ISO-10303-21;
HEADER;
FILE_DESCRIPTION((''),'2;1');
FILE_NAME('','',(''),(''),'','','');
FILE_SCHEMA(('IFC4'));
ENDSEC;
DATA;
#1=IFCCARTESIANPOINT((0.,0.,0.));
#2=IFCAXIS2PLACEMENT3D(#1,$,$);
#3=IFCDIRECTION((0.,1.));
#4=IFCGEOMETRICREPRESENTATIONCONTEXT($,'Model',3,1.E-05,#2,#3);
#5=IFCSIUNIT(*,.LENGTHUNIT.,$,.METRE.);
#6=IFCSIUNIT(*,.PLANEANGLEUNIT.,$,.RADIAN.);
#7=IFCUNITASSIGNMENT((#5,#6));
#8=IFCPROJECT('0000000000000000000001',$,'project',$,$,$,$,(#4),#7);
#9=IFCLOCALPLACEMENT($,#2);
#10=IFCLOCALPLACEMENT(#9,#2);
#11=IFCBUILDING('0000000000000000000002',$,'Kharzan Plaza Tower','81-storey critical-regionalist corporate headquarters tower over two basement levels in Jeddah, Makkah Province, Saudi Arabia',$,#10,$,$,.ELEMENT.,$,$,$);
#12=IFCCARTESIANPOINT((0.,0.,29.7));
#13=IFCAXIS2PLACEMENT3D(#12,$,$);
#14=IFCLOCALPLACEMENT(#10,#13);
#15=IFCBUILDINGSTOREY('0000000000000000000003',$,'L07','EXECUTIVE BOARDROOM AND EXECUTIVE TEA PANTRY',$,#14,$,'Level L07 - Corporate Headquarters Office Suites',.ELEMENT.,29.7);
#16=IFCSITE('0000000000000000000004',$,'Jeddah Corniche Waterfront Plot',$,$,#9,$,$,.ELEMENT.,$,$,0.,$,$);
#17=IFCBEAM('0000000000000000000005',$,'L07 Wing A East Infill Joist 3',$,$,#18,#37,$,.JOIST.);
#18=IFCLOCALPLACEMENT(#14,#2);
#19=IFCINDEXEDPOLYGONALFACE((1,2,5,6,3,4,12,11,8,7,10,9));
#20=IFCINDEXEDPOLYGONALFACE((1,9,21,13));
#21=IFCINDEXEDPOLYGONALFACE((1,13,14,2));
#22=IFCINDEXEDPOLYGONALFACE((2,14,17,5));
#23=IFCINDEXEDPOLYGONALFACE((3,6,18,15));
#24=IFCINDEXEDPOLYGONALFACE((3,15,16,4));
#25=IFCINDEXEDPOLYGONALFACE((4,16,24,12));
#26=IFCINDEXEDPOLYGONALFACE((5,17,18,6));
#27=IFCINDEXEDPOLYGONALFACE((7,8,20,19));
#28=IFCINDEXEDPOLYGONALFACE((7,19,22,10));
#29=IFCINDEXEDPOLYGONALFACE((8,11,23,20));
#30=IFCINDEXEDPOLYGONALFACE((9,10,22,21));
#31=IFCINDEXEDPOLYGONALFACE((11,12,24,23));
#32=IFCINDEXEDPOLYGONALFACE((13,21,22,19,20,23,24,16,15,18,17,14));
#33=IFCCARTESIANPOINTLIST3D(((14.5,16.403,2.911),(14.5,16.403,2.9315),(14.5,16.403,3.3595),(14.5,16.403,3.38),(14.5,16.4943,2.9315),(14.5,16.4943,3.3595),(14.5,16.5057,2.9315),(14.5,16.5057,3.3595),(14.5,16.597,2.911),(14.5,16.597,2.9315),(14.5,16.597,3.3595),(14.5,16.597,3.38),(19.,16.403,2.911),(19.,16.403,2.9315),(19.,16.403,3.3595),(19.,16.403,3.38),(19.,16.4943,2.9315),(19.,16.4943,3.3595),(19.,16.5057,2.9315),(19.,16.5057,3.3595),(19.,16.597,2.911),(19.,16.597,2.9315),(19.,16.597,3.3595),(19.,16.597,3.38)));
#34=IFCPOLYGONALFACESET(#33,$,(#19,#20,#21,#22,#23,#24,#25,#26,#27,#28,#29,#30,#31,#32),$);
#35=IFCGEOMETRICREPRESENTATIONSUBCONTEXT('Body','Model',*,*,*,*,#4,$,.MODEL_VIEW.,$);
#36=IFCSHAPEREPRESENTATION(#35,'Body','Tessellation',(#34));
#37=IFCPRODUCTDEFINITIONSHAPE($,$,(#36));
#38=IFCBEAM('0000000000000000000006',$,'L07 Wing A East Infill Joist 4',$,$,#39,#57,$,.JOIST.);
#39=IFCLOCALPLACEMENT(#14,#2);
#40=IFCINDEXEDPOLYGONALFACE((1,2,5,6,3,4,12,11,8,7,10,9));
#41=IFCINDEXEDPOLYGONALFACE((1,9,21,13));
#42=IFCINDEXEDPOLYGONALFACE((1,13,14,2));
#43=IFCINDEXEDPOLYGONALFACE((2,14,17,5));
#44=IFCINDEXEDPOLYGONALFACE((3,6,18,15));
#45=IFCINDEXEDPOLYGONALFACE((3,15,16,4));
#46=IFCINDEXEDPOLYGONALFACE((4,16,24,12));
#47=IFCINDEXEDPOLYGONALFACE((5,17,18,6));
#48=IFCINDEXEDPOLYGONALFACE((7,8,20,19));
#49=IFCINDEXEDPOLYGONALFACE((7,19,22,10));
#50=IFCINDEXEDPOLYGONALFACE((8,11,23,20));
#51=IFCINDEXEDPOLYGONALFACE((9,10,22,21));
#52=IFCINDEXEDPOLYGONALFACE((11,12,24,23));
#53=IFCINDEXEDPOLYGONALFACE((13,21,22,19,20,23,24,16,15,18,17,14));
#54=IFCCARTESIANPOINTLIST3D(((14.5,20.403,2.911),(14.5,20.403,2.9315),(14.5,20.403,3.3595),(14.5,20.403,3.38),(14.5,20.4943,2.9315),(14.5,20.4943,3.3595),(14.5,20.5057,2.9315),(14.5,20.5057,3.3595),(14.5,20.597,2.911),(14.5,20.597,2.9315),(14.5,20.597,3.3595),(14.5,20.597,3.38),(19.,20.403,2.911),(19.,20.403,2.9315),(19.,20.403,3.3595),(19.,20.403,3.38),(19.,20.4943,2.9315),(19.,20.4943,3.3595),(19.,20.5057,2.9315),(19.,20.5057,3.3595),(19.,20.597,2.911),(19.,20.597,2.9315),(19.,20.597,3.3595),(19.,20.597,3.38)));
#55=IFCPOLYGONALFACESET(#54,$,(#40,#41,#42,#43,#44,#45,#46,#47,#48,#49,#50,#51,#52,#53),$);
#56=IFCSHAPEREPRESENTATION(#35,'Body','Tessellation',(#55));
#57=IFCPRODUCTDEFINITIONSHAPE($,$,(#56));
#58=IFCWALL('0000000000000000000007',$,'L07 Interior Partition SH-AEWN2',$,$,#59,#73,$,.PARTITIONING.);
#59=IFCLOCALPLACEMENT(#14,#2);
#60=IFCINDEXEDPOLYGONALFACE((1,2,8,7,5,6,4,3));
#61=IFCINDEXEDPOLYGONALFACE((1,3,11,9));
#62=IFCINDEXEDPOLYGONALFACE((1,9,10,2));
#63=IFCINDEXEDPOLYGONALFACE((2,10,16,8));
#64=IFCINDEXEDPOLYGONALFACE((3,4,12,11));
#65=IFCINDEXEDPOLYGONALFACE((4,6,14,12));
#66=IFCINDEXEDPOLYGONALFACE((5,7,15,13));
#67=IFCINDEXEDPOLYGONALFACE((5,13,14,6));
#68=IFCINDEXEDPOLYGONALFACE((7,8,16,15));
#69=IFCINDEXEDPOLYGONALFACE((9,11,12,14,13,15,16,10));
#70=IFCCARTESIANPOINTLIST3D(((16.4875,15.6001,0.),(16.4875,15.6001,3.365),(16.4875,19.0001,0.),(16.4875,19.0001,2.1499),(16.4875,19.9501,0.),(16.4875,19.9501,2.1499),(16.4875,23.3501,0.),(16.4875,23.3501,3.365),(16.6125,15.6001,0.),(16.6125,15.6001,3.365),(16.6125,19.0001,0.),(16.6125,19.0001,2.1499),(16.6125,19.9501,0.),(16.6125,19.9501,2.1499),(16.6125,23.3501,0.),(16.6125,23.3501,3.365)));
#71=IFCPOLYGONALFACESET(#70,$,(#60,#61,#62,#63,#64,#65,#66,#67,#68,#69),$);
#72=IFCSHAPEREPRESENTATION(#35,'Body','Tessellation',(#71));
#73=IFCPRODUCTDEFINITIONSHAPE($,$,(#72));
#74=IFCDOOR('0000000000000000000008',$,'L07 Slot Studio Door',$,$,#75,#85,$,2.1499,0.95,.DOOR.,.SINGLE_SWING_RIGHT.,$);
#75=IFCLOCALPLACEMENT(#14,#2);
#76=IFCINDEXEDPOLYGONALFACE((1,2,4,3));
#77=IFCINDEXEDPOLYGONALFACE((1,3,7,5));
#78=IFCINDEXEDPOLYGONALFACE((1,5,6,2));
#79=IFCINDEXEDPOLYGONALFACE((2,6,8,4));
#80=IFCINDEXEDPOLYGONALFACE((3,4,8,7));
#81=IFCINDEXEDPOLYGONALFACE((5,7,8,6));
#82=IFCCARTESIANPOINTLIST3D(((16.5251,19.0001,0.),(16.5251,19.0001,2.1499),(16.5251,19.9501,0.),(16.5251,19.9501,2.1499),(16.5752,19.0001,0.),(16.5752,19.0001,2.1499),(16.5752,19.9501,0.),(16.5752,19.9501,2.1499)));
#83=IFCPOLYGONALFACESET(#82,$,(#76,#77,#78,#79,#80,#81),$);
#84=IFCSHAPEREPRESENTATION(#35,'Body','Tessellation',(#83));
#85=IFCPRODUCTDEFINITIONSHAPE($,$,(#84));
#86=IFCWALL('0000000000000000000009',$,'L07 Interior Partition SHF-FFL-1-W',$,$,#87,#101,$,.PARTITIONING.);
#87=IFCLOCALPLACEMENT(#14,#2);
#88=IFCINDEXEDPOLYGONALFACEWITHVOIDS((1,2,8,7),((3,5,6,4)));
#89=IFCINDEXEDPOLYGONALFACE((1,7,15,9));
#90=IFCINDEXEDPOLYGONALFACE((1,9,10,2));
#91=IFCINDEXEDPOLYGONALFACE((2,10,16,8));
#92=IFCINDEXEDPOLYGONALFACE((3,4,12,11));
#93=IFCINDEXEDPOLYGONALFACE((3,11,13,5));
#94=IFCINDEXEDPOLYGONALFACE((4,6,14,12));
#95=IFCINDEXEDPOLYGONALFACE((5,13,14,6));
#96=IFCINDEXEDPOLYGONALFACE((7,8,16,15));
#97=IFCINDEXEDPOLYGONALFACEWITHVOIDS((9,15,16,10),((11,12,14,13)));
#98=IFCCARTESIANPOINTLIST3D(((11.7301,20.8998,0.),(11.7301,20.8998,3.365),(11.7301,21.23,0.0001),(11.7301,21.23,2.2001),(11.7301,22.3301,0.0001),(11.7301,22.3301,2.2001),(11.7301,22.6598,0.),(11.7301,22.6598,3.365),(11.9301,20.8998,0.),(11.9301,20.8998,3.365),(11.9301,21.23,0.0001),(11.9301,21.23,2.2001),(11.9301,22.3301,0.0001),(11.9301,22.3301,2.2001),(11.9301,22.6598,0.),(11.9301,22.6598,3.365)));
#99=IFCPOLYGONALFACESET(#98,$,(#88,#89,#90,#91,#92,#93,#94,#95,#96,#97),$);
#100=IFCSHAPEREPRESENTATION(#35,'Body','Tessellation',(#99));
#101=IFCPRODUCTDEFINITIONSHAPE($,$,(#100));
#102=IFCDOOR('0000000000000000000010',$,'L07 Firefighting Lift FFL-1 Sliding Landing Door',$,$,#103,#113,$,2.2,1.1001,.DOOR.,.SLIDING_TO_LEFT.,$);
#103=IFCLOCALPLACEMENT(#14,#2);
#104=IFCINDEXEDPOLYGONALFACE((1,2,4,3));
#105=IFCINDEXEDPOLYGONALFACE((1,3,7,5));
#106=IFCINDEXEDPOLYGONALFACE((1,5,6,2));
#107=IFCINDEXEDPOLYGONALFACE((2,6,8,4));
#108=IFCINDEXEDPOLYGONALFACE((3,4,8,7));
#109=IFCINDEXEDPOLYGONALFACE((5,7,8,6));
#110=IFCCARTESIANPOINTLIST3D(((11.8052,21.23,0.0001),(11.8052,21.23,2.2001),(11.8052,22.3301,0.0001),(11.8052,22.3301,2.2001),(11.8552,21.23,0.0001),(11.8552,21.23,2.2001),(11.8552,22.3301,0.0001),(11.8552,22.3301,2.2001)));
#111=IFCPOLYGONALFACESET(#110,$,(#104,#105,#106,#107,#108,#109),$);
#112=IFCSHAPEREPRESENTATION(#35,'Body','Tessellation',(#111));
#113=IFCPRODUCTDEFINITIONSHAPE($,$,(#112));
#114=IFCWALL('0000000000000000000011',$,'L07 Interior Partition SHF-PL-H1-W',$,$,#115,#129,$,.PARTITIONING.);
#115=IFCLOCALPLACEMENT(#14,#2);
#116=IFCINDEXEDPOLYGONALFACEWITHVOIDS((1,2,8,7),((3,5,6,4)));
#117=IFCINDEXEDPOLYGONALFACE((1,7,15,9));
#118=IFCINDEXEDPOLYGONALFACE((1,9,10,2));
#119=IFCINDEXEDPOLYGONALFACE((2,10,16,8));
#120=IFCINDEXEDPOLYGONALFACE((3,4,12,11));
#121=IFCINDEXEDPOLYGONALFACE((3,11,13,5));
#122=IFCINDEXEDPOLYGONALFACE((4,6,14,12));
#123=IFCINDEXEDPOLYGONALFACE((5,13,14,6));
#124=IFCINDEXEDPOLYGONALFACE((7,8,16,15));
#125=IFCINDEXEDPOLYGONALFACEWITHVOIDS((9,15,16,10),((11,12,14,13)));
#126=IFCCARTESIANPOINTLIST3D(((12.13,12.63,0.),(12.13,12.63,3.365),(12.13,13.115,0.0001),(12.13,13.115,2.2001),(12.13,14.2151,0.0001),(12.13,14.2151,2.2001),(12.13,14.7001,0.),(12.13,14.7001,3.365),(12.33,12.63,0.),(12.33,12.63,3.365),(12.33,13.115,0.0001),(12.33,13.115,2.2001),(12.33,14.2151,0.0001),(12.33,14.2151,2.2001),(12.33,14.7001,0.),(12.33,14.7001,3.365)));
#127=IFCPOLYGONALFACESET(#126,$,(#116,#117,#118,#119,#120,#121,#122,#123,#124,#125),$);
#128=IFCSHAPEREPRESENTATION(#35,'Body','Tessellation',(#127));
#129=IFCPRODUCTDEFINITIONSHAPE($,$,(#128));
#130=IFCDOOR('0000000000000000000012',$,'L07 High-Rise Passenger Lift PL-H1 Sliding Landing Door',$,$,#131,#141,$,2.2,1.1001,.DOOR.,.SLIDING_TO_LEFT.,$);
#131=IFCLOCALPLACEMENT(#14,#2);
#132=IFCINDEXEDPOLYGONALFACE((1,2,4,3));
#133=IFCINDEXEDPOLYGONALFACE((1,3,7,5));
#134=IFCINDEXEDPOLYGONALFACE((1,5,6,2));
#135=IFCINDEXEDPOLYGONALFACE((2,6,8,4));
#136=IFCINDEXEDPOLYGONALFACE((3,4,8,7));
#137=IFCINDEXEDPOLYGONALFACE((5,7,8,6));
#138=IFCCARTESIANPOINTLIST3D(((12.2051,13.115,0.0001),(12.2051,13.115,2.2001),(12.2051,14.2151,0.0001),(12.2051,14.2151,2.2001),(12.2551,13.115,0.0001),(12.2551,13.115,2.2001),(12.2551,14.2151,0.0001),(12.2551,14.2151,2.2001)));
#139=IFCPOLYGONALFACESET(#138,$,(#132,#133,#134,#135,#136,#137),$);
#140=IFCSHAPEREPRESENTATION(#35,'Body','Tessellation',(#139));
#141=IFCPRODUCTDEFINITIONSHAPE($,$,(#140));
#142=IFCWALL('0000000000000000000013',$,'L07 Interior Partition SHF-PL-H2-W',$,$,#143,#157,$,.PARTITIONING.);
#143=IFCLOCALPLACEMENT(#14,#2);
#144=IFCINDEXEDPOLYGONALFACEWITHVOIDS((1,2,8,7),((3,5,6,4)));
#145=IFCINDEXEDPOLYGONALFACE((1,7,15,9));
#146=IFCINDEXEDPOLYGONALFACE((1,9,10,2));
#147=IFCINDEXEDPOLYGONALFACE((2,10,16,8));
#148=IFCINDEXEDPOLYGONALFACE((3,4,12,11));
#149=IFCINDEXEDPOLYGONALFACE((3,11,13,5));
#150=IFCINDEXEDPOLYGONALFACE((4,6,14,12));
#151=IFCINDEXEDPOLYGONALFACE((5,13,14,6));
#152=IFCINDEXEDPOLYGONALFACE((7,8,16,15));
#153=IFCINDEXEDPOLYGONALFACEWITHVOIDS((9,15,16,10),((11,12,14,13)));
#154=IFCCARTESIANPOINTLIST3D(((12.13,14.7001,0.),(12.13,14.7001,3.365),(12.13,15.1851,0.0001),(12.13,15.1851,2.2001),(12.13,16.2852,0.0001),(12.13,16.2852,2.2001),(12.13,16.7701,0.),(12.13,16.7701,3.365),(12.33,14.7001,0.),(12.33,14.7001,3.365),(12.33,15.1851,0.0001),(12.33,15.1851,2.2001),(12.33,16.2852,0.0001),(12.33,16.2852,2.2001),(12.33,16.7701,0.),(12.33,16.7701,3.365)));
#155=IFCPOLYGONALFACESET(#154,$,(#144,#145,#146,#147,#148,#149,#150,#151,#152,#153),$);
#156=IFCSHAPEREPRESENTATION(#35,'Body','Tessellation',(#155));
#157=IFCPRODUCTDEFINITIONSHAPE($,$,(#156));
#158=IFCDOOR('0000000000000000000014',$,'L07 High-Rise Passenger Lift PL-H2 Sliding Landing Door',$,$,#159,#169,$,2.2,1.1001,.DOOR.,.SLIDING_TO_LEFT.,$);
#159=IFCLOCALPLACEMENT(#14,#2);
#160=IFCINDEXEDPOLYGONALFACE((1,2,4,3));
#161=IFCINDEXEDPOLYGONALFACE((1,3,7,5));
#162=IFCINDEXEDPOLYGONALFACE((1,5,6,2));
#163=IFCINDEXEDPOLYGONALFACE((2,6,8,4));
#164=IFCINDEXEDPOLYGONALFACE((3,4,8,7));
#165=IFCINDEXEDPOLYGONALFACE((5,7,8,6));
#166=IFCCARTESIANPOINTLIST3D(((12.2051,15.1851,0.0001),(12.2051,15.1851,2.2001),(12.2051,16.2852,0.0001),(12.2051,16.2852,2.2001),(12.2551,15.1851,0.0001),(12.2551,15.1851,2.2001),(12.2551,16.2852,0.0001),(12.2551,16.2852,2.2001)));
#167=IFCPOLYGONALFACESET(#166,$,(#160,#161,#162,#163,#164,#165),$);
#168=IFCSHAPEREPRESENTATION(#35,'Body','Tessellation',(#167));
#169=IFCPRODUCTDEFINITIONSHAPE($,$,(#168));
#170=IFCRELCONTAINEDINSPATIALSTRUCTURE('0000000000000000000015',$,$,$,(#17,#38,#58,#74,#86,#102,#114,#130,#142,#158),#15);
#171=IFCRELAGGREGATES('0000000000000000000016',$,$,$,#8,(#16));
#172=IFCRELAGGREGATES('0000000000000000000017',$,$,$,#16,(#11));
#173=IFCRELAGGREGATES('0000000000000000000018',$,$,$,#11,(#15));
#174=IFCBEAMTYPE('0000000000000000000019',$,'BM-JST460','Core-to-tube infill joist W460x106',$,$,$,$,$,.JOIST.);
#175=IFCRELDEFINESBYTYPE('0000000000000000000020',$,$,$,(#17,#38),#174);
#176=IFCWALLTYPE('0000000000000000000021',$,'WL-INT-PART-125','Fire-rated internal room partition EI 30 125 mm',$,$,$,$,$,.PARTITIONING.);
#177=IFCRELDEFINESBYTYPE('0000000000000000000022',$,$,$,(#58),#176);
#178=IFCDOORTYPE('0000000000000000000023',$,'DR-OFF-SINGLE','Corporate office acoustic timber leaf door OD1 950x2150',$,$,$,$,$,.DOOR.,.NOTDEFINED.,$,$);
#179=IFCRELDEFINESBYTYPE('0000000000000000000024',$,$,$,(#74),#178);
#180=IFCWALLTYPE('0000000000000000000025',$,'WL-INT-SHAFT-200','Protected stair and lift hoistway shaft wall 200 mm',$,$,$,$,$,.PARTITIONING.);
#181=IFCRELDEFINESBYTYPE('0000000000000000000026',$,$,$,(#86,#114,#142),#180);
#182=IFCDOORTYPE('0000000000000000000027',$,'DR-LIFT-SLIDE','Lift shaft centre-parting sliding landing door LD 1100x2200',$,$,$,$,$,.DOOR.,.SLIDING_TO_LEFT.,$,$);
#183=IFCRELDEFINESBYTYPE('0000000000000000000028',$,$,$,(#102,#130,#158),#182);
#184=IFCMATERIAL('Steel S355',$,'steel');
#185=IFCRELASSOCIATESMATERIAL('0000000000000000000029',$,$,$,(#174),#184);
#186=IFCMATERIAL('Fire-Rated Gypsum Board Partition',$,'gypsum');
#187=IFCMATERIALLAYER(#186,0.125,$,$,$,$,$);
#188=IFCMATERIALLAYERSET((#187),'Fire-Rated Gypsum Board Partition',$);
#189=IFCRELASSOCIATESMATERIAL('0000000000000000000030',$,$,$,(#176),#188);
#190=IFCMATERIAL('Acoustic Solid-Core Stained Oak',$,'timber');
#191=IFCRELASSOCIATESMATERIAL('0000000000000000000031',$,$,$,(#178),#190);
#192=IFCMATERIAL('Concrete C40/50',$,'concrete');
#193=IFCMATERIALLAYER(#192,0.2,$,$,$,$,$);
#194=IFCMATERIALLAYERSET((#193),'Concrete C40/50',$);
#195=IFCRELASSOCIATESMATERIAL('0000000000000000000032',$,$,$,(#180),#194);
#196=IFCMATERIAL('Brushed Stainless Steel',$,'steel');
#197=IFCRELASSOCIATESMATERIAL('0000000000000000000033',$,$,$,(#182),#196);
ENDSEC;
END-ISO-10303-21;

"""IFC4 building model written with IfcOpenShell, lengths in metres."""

from ifc_helpers import new_model, si_unit, direction, frame, frame_2d, origin, origin_2d, place, context, subcontext, project, spatial, rectangle, i_section, extrude, source, transform, mapped, material, layer, layer_set, material_profile, profile_set, type_object, element, fill, save


model = new_model("IFC4")

# Units and contexts
model_context = context("Model", 3, precision=1e-05, world=origin(), true_north=direction((0.0, 1.0)))
body_context = subcontext(model_context, "Body", "Model", "MODEL_VIEW")
ifc_project = project(units=[si_unit("LENGTHUNIT", "METRE"), si_unit("PLANEANGLEUNIT", "RADIAN")], contexts=[model_context])

# Site, building, storey
site_placement = place(None, origin())
site = spatial("IfcSite", under=ifc_project, at=site_placement, Name="Jeddah Corniche Waterfront Plot", CompositionType="ELEMENT", RefElevation=0.0)
building_placement = place(site_placement, origin())
building = spatial("IfcBuilding", under=site, at=building_placement, Name="Kharzan Plaza Tower", Description="81-storey critical-regionalist corporate headquarters tower over two basement levels in Jeddah, Makkah Province, Saudi Arabia", CompositionType="ELEMENT")
storey_placement = place(building_placement, frame((0.0, 0.0, 29.7)))
storey = spatial("IfcBuildingStorey", under=building, at=storey_placement, Name="L07", Description="EXECUTIVE BOARDROOM AND EXECUTIVE TEA PANTRY", LongName="Level L07 - Corporate Headquarters Office Suites", CompositionType="ELEMENT", Elevation=29.7)

# Beams
ifc_material_1 = material(Name="Steel S355", Category="steel")
ifc_material_profile_1 = material_profile(ifc_material_1, i_section(OverallWidth=0.1941, OverallDepth=0.469, WebThickness=0.0115, FlangeThickness=0.0205, at=origin_2d()), Name="W460x106")
ifc_profile_set_1 = profile_set([ifc_material_profile_1], Name="Steel S355")
beam_type_1 = type_object("IfcBeamType", Name="BM-JST460", Description="Core-to-tube infill joist W460x106", PredefinedType="JOIST", material=ifc_profile_set_1)
shared_shape_1 = source(origin(), body_context, "Body", "SweptSolid", [
    extrude(i_section(OverallWidth=0.1941, OverallDepth=0.469, WebThickness=0.0115, FlangeThickness=0.0205, at=origin_2d()), origin(), (0.0, 0.0, 1.0), 4.5),
])
for number, where, z_axis, x_axis, name in (
    (1, (14.5, 16.5, 3.1455), (1.0, 0.0, 0.0), (0.0, 1.0, 0.0), "L07 Wing A East Infill Joist 3"),
    (2, (14.5, 20.5, 3.1455), (1.0, 0.0, 0.0), (0.0, 1.0, 0.0), "L07 Wing A East Infill Joist 4"),
):
    element("IfcBeam", number, at=place(storey_placement, frame(where, z_axis=z_axis, x_axis=x_axis)), inside=storey, type_object=beam_type_1, Name=name, PredefinedType="JOIST", context=body_context, shape_type="MappedRepresentation", body=[
        mapped(shared_shape_1, transform((0.0, 0.0, 0.0), x_axis=(1.0, 0.0, 0.0), y_axis=(0.0, 1.0, 0.0), z_axis=(0.0, 0.0, 1.0))),
    ])

# Walls, openings, doors
ifc_material_2 = material(Name="Fire-Rated Gypsum Board Partition", Category="gypsum")
ifc_layer_1 = layer(ifc_material_2, 0.125)
ifc_layer_set_1 = layer_set([ifc_layer_1], Name="Fire-Rated Gypsum Board Partition")
wall_type_1 = type_object("IfcWallType", Name="WL-INT-PART-125", Description="Fire-rated internal room partition EI 30 125 mm", PredefinedType="PARTITIONING", material=ifc_layer_set_1)
ifc_material_3 = material(Name="Acoustic Solid-Core Stained Oak", Category="timber")
door_type_1 = type_object("IfcDoorType", Name="DR-OFF-SINGLE", Description="Corporate office acoustic timber leaf door OD1 950x2150", OperationType="NOTDEFINED", PredefinedType="DOOR", material=ifc_material_3)
shared_shape_2 = source(origin(), body_context, "Body", "SweptSolid", [
    extrude(rectangle(XDim=0.95, YDim=2.1499, at=frame_2d((0.4751, 1.075))), frame((0.0, 0.0249, 0.0), z_axis=(0.0, -1.0, 0.0), x_axis=(1.0, 0.0, 0.0)), (0.0, 0.0, 1.0), 0.05),
])
wall_1_placement = place(storey_placement, frame((16.55, 15.6001, 0.0), z_axis=(0.0, 0.0, 1.0), x_axis=(0.0, 1.0, 0.0)))
wall_1 = element("IfcWall", 3, at=wall_1_placement, inside=storey, type_object=wall_type_1, Name="L07 Interior Partition SH-AEWN2", PredefinedType="PARTITIONING", context=body_context, shape_type="SweptSolid", body=[
    extrude(rectangle(XDim=7.75, YDim=0.125, at=frame_2d((3.875, 0.0))), origin(), (0.0, 0.0, 1.0), 3.365),
])
opening_1_placement = place(wall_1_placement, frame((3.3999, 0.0, 0.0)))
opening_1 = element("IfcOpeningElement", 4, at=opening_1_placement, cuts=wall_1, PredefinedType="OPENING", context=body_context, shape_type="SweptSolid", body=[
    extrude(rectangle(XDim=0.95, YDim=2.1499, at=frame_2d((0.4751, 1.075))), frame((0.0, 0.0725, 0.0), z_axis=(0.0, -1.0, 0.0), x_axis=(1.0, 0.0, 0.0)), (0.0, 0.0, 1.0), 0.145),
])
door_1_placement = place(opening_1_placement, origin())
door_1 = element("IfcDoor", 5, at=door_1_placement, inside=storey, type_object=door_type_1, Name="L07 Slot Studio Door", OperationType="SINGLE_SWING_RIGHT", OverallHeight=2.1499, OverallWidth=0.95, PredefinedType="DOOR", context=body_context, shape_type="MappedRepresentation", body=[
    mapped(shared_shape_2, transform((0.0, 0.0, 0.0), x_axis=(1.0, 0.0, 0.0), y_axis=(0.0, 1.0, 0.0), z_axis=(0.0, 0.0, 1.0))),
])
fill(opening_1, door_1)
ifc_material_4 = material(Name="Concrete C40/50", Category="concrete")
ifc_layer_2 = layer(ifc_material_4, 0.2)
ifc_layer_set_2 = layer_set([ifc_layer_2], Name="Concrete C40/50")
wall_type_2 = type_object("IfcWallType", Name="WL-INT-SHAFT-200", Description="Protected stair and lift hoistway shaft wall 200 mm", PredefinedType="PARTITIONING", material=ifc_layer_set_2)
wall_2_placement = place(storey_placement, frame((11.8301, 20.8999, 0.0), z_axis=(0.0, 0.0, 1.0), x_axis=(0.0, 1.0, 0.0)))
wall_2 = element("IfcWall", 6, at=wall_2_placement, inside=storey, type_object=wall_type_2, Name="L07 Interior Partition SHF-FFL-1-W", PredefinedType="PARTITIONING", context=body_context, shape_type="SweptSolid", body=[
    extrude(rectangle(XDim=1.76, YDim=0.2, at=frame_2d((0.8799, 0.0))), origin(), (0.0, 0.0, 1.0), 3.365),
])
opening_2_placement = place(wall_2_placement, frame((0.3301, 0.0, 0.0)))
opening_2 = element("IfcOpeningElement", 7, at=opening_2_placement, cuts=wall_2, PredefinedType="OPENING", context=body_context, shape_type="SweptSolid", body=[
    extrude(rectangle(XDim=1.1001, YDim=2.2, at=frame_2d((0.55, 1.1001))), frame((0.0, 0.1099, 0.0), z_axis=(0.0, -1.0, 0.0), x_axis=(1.0, 0.0, 0.0)), (0.0, 0.0, 1.0), 0.22),
])
ifc_material_5 = material(Name="Brushed Stainless Steel", Category="steel")
door_type_2 = type_object("IfcDoorType", Name="DR-LIFT-SLIDE", Description="Lift shaft centre-parting sliding landing door LD 1100x2200", OperationType="SLIDING_TO_LEFT", PredefinedType="DOOR", material=ifc_material_5)
shared_shape_3 = source(origin(), body_context, "Body", "SweptSolid", [
    extrude(rectangle(XDim=1.1001, YDim=2.2, at=frame_2d((0.55, 1.1001))), frame((0.0, 0.0249, 0.0), z_axis=(0.0, -1.0, 0.0), x_axis=(1.0, 0.0, 0.0)), (0.0, 0.0, 1.0), 0.05),
])
door_2_placement = place(opening_2_placement, origin())
door_2 = element("IfcDoor", 8, at=door_2_placement, inside=storey, type_object=door_type_2, Name="L07 Firefighting Lift FFL-1 Sliding Landing Door", OperationType="SLIDING_TO_LEFT", OverallHeight=2.2, OverallWidth=1.1001, PredefinedType="DOOR", context=body_context, shape_type="MappedRepresentation", body=[
    mapped(shared_shape_3, transform((0.0, 0.0, 0.0), x_axis=(1.0, 0.0, 0.0), y_axis=(0.0, 1.0, 0.0), z_axis=(0.0, 0.0, 1.0))),
])
fill(opening_2, door_2)
wall_3_placement = place(storey_placement, frame((12.23, 12.6299, 0.0), z_axis=(0.0, 0.0, 1.0), x_axis=(0.0, 1.0, 0.0)))
wall_3 = element("IfcWall", 9, at=wall_3_placement, inside=storey, type_object=wall_type_2, Name="L07 Interior Partition SHF-PL-H1-W", PredefinedType="PARTITIONING", context=body_context, shape_type="SweptSolid", body=[
    extrude(rectangle(XDim=2.0701, YDim=0.2, at=frame_2d((1.0352, 0.0))), origin(), (0.0, 0.0, 1.0), 3.365),
])
opening_3_placement = place(wall_3_placement, frame((0.4851, 0.0, 0.0)))
opening_3 = element("IfcOpeningElement", 10, at=opening_3_placement, cuts=wall_3, PredefinedType="OPENING", context=body_context, shape_type="SweptSolid", body=[
    extrude(rectangle(XDim=1.1001, YDim=2.2, at=frame_2d((0.55, 1.1001))), frame((0.0, 0.1099, 0.0), z_axis=(0.0, -1.0, 0.0), x_axis=(1.0, 0.0, 0.0)), (0.0, 0.0, 1.0), 0.22),
])
door_3_placement = place(opening_3_placement, origin())
door_3 = element("IfcDoor", 11, at=door_3_placement, inside=storey, type_object=door_type_2, Name="L07 High-Rise Passenger Lift PL-H1 Sliding Landing Door", OperationType="SLIDING_TO_LEFT", OverallHeight=2.2, OverallWidth=1.1001, PredefinedType="DOOR", context=body_context, shape_type="MappedRepresentation", body=[
    mapped(shared_shape_3, transform((0.0, 0.0, 0.0), x_axis=(1.0, 0.0, 0.0), y_axis=(0.0, 1.0, 0.0), z_axis=(0.0, 0.0, 1.0))),
])
fill(opening_3, door_3)
wall_4_placement = place(storey_placement, frame((12.23, 14.7, 0.0), z_axis=(0.0, 0.0, 1.0), x_axis=(0.0, 1.0, 0.0)))
wall_4 = element("IfcWall", 12, at=wall_4_placement, inside=storey, type_object=wall_type_2, Name="L07 Interior Partition SHF-PL-H2-W", PredefinedType="PARTITIONING", context=body_context, shape_type="SweptSolid", body=[
    extrude(rectangle(XDim=2.0701, YDim=0.2, at=frame_2d((1.0352, 0.0))), origin(), (0.0, 0.0, 1.0), 3.365),
])
opening_4_placement = place(wall_4_placement, frame((0.4851, 0.0, 0.0)))
opening_4 = element("IfcOpeningElement", 13, at=opening_4_placement, cuts=wall_4, PredefinedType="OPENING", context=body_context, shape_type="SweptSolid", body=[
    extrude(rectangle(XDim=1.1001, YDim=2.2, at=frame_2d((0.55, 1.1001))), frame((0.0, 0.1099, 0.0), z_axis=(0.0, -1.0, 0.0), x_axis=(1.0, 0.0, 0.0)), (0.0, 0.0, 1.0), 0.22),
])
door_4_placement = place(opening_4_placement, origin())
door_4 = element("IfcDoor", 14, at=door_4_placement, inside=storey, type_object=door_type_2, Name="L07 High-Rise Passenger Lift PL-H2 Sliding Landing Door", OperationType="SLIDING_TO_LEFT", OverallHeight=2.2, OverallWidth=1.1001, PredefinedType="DOOR", context=body_context, shape_type="MappedRepresentation", body=[
    mapped(shared_shape_3, transform((0.0, 0.0, 0.0), x_axis=(1.0, 0.0, 0.0), y_axis=(0.0, 1.0, 0.0), z_axis=(0.0, 0.0, 1.0))),
])
fill(opening_4, door_4)

save(model, "model.ifc")
